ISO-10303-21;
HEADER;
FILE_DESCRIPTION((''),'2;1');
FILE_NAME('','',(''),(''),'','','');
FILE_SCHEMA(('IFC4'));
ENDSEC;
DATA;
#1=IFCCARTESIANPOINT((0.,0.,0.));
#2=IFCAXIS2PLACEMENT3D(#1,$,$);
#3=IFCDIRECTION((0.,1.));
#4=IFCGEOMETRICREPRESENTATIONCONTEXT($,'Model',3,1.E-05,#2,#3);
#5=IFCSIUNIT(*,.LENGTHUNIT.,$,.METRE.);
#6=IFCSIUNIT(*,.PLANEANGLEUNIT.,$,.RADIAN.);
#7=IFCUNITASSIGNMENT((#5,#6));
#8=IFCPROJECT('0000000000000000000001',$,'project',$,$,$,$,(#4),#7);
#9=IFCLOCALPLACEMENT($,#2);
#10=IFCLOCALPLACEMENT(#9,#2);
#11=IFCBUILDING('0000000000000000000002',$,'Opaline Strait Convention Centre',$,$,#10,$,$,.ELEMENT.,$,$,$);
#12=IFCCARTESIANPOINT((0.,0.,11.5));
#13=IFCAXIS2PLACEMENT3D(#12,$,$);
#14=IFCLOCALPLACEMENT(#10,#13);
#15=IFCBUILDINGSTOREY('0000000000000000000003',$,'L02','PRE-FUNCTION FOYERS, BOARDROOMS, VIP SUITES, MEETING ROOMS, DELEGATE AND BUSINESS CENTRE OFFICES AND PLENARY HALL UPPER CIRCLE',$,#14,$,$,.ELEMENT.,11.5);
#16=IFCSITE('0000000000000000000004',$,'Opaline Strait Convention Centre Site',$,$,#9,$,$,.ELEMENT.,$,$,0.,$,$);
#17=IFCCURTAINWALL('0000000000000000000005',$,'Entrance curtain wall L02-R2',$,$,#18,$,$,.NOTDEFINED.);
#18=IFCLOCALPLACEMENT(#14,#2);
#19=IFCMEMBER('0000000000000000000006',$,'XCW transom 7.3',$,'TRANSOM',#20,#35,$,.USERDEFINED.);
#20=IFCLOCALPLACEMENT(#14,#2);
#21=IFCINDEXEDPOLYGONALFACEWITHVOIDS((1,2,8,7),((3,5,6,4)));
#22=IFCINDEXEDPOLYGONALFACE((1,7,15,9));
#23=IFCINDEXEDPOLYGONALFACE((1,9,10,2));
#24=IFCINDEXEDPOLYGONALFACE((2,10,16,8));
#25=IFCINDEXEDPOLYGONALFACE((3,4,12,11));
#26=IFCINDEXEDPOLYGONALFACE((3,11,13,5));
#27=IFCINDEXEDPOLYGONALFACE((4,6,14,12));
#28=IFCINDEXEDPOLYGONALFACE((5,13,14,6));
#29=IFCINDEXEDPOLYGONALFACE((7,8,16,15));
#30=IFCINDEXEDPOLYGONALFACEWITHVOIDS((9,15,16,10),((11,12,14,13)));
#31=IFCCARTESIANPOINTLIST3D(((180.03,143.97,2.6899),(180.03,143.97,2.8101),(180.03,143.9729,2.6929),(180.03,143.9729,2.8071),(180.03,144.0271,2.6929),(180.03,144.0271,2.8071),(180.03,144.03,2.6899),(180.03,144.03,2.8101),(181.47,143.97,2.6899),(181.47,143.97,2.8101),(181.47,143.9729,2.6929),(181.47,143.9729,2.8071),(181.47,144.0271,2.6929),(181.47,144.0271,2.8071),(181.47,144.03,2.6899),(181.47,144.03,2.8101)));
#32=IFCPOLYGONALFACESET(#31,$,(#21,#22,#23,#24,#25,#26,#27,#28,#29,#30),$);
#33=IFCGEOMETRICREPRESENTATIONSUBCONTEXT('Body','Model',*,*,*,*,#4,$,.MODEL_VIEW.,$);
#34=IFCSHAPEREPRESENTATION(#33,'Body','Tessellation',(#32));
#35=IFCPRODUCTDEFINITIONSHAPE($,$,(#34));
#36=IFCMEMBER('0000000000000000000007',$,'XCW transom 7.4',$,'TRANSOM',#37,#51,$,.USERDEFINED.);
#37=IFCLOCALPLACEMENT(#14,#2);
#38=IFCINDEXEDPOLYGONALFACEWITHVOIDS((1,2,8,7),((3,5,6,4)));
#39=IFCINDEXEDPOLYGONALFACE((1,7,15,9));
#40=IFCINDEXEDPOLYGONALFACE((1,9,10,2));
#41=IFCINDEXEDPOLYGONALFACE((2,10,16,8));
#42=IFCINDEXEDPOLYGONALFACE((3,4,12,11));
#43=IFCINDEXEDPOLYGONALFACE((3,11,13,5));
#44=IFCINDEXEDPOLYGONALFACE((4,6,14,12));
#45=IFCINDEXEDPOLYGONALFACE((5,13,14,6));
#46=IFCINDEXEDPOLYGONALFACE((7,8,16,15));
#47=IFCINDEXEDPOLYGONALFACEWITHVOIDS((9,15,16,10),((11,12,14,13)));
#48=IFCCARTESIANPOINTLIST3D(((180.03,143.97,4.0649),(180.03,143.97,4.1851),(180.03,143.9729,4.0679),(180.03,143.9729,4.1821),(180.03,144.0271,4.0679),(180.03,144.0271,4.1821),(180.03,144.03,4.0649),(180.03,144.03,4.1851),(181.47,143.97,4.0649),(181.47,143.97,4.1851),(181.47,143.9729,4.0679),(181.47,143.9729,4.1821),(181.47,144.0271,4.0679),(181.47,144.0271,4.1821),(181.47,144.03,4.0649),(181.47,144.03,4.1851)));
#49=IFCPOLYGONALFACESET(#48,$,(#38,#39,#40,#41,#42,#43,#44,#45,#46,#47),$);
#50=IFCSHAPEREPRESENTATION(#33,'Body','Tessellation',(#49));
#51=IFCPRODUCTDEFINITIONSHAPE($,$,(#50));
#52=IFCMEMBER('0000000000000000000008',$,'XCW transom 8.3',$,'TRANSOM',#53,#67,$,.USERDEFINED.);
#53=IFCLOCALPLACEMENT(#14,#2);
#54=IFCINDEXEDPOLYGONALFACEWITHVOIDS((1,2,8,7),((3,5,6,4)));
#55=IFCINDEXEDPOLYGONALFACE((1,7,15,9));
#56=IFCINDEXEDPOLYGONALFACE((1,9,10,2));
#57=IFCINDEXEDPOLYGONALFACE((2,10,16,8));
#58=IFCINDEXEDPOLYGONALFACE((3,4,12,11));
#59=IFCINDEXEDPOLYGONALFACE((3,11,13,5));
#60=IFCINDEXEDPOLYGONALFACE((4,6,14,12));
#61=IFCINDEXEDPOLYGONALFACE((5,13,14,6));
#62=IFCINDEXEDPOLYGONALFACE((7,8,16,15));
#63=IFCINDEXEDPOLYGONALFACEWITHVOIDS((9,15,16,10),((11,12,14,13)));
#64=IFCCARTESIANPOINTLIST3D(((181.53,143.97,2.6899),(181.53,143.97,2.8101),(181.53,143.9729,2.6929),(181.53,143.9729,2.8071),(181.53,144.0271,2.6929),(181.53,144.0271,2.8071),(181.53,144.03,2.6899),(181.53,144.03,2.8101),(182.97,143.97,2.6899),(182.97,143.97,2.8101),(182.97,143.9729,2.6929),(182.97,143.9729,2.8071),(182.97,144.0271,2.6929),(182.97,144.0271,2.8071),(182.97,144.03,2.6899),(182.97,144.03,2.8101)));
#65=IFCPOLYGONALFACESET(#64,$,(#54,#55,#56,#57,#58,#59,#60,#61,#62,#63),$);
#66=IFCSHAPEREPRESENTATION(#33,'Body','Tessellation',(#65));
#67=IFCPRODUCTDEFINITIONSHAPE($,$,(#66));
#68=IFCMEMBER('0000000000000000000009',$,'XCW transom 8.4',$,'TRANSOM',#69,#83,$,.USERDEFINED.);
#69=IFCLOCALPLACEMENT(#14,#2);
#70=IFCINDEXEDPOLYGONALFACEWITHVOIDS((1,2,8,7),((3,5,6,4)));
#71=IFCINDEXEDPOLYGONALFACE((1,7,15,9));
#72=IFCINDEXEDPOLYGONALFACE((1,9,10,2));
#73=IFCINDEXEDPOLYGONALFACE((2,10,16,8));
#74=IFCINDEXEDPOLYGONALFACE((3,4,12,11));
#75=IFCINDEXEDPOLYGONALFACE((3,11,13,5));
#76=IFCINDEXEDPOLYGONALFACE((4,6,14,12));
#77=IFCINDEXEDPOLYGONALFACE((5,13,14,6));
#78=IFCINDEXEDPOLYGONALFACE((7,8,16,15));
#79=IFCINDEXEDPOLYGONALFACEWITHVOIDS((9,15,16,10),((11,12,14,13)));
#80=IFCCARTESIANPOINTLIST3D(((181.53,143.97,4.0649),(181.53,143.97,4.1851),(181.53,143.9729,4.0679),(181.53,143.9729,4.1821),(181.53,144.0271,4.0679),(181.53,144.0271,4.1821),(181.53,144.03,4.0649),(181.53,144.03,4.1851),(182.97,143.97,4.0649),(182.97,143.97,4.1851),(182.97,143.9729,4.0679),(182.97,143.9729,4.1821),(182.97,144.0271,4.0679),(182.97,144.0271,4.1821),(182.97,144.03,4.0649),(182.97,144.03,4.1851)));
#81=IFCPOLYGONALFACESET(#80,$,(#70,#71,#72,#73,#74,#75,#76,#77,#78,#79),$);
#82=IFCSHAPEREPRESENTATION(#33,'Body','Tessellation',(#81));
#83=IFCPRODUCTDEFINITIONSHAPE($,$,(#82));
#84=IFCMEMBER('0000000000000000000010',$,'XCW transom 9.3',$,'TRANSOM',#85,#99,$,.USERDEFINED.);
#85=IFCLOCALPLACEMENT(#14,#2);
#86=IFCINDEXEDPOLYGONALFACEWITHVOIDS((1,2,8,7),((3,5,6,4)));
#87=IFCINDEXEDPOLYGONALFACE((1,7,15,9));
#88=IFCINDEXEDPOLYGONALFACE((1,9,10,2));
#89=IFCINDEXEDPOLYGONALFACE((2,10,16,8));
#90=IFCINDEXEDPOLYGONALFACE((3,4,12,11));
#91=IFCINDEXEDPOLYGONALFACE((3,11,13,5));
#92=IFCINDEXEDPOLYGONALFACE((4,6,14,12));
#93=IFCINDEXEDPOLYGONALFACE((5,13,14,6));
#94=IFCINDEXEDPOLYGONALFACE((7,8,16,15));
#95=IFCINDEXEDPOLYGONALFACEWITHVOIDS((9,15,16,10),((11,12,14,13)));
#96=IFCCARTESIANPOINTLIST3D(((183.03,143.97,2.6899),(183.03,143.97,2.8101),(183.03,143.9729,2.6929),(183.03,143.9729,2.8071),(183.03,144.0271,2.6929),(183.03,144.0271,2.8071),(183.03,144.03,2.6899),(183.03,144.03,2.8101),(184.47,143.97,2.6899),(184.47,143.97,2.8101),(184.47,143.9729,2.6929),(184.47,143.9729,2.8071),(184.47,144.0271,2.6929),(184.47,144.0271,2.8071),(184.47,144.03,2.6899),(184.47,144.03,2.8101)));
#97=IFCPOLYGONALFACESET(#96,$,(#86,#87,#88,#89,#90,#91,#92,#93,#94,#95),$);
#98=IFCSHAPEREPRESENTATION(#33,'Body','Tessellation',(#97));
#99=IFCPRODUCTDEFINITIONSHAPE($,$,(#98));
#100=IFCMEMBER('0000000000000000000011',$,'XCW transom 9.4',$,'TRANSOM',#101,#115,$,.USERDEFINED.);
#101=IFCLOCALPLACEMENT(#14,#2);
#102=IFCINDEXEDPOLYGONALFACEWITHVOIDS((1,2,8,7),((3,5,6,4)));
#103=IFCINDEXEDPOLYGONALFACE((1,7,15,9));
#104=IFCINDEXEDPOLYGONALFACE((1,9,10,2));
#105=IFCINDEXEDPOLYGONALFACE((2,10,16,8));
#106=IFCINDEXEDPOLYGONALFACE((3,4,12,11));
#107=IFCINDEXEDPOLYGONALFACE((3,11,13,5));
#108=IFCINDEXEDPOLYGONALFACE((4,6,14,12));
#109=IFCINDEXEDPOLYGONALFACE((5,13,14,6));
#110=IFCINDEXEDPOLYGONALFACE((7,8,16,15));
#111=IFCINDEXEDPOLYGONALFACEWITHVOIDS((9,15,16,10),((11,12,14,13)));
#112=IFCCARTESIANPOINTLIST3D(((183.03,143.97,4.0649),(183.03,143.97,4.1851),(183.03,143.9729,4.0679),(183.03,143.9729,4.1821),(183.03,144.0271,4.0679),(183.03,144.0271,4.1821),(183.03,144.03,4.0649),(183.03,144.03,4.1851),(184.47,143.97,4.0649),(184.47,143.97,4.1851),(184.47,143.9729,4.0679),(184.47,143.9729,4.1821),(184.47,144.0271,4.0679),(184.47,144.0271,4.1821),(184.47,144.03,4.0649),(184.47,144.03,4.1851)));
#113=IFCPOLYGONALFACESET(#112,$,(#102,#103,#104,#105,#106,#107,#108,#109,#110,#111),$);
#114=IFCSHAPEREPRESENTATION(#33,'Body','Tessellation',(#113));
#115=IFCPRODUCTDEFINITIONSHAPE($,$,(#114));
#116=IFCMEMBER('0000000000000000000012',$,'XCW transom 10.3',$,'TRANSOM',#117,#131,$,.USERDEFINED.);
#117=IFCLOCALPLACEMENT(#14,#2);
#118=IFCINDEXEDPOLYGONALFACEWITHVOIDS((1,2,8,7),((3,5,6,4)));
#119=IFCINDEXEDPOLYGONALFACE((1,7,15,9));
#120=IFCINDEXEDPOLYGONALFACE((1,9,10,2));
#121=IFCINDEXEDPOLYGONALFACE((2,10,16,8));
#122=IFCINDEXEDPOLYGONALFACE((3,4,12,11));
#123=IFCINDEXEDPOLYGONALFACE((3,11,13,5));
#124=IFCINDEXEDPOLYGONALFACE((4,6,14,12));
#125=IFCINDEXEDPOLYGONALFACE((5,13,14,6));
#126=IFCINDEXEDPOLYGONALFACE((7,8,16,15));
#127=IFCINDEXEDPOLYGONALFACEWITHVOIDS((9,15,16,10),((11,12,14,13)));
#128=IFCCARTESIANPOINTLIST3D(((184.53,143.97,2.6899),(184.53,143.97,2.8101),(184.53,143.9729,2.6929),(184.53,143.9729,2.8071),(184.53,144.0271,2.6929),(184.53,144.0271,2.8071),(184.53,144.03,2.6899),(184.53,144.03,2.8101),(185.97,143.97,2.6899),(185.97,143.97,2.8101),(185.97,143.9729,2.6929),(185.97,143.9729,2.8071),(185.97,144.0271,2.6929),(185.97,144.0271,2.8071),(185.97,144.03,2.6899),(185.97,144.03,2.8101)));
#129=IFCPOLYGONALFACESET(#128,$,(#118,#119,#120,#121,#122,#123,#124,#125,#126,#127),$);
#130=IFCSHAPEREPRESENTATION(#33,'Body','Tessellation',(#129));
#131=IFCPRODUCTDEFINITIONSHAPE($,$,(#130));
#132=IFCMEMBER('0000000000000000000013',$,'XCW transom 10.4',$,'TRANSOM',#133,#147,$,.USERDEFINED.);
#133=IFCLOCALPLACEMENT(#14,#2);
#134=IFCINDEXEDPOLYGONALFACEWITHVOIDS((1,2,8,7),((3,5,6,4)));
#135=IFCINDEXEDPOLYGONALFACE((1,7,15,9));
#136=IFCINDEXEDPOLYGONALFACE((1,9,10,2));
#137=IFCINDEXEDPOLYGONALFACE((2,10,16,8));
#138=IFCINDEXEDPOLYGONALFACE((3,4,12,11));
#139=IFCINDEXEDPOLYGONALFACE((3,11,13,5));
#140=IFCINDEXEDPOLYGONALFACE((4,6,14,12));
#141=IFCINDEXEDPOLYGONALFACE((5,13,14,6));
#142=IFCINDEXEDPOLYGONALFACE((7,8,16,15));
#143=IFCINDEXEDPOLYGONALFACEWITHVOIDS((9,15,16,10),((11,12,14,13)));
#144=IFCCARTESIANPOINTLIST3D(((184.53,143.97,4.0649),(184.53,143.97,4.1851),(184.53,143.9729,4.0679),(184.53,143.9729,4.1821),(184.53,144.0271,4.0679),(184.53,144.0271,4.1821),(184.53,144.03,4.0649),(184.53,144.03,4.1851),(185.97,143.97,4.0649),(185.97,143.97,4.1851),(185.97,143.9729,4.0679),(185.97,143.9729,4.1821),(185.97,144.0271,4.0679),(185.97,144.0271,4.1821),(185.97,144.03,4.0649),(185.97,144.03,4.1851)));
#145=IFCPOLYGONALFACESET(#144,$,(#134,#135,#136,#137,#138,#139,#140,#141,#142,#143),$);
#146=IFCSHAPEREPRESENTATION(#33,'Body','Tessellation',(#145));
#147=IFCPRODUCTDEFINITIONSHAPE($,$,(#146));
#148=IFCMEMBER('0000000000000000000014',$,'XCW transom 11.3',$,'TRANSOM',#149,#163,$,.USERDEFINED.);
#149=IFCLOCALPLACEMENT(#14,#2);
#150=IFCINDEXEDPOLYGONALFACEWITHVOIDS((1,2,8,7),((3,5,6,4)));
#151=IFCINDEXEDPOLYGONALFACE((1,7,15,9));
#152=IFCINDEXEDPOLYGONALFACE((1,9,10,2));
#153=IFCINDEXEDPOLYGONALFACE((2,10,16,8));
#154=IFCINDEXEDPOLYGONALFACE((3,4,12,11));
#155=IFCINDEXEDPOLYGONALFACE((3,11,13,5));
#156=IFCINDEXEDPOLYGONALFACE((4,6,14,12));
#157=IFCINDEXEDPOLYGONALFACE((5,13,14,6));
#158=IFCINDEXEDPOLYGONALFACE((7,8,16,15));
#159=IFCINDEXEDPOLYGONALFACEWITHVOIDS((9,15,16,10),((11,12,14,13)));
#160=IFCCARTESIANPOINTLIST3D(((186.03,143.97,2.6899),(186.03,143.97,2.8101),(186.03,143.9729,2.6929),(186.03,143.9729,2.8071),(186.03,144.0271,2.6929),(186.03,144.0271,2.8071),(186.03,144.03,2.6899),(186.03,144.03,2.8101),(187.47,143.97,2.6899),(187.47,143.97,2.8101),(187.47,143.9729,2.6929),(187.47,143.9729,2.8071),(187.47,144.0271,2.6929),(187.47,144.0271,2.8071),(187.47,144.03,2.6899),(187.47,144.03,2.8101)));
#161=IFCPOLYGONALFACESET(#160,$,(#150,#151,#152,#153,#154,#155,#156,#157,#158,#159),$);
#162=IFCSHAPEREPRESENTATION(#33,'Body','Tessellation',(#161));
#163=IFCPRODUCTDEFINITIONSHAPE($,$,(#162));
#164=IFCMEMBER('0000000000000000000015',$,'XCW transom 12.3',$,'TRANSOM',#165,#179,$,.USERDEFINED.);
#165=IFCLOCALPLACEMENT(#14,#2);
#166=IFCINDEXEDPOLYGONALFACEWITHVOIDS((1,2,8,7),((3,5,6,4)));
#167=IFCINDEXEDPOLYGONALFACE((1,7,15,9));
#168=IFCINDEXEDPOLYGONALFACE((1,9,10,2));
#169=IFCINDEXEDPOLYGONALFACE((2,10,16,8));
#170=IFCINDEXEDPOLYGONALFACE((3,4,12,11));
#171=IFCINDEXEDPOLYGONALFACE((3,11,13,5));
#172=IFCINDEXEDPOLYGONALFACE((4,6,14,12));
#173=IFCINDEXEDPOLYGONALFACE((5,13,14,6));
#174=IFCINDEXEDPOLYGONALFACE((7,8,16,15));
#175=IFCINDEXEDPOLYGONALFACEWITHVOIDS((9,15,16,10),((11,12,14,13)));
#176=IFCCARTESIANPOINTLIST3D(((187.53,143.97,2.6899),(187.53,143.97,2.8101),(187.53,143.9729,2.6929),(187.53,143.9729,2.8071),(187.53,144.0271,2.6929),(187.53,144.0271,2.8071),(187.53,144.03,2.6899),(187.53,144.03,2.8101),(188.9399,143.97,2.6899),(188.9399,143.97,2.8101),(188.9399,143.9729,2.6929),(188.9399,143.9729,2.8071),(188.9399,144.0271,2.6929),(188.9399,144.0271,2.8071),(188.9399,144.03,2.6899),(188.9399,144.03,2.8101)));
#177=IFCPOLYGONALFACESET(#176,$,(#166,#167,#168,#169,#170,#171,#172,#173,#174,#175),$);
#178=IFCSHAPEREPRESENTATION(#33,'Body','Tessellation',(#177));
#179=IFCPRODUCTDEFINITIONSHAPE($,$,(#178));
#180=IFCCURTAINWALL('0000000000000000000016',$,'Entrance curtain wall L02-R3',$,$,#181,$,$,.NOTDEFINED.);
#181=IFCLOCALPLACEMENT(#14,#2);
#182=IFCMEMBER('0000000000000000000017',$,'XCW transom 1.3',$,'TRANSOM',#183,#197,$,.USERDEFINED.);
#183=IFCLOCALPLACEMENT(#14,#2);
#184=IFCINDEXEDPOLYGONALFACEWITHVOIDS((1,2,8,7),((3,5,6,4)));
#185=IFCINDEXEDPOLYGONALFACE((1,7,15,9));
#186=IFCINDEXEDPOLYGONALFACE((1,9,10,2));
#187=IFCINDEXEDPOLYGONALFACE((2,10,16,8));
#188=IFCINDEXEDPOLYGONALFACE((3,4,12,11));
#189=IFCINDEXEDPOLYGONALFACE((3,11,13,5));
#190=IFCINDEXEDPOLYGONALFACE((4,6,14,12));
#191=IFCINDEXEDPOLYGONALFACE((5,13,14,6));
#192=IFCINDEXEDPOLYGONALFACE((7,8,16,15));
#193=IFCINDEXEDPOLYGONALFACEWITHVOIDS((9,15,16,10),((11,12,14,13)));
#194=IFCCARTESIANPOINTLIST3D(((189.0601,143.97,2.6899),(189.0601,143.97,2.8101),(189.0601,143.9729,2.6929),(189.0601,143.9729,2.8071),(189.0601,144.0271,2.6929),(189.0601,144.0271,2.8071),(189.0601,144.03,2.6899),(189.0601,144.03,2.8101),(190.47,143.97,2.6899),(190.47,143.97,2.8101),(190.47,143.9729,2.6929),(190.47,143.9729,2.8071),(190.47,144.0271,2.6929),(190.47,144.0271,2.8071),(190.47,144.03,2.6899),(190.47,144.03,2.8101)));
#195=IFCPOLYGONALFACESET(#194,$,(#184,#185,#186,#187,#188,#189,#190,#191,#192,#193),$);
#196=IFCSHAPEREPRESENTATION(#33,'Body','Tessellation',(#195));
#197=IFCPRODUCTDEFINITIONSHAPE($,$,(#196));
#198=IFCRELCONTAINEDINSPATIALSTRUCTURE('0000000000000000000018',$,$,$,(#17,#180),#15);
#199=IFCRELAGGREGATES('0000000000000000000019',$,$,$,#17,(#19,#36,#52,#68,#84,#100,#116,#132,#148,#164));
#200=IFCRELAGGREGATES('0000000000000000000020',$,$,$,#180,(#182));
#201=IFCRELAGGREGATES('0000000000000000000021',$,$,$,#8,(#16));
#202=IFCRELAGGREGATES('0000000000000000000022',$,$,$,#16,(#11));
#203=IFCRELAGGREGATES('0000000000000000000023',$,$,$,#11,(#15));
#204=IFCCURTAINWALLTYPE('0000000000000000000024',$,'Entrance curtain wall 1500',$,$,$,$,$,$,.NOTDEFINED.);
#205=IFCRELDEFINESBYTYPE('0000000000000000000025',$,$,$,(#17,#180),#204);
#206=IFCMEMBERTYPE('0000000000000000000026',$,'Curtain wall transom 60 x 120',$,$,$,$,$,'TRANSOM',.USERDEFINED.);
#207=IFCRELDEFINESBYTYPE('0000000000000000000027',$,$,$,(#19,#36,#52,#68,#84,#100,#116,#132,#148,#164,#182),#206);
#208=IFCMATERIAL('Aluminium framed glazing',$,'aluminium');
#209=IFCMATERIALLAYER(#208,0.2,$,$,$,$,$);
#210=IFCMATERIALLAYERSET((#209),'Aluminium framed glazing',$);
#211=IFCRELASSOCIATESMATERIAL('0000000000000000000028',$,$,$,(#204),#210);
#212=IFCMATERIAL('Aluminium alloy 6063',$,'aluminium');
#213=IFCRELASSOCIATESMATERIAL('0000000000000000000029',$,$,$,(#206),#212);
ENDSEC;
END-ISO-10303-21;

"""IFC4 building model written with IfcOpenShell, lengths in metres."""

from ifc_helpers import new_model, si_unit, direction, frame, origin, origin_2d, place, context, subcontext, project, spatial, hollow_rectangle, extrude, material, layer, layer_set, material_profile, profile_set, type_object, element, aggregate, save


model = new_model("IFC4")

# Units and contexts
model_context = context("Model", 3, precision=1e-05, world=origin(), true_north=direction((0.0, 1.0)))
body_context = subcontext(model_context, "Body", "Model", "MODEL_VIEW")
ifc_project = project(units=[si_unit("LENGTHUNIT", "METRE"), si_unit("PLANEANGLEUNIT", "RADIAN")], contexts=[model_context])

# Site, building, storey
site_placement = place(None, origin())
site = spatial("IfcSite", under=ifc_project, at=site_placement, Name="Opaline Strait Convention Centre Site", CompositionType="ELEMENT", RefElevation=0.0)
building_placement = place(site_placement, origin())
building = spatial("IfcBuilding", under=site, at=building_placement, Name="Opaline Strait Convention Centre", CompositionType="ELEMENT")
storey_placement = place(building_placement, frame((0.0, 0.0, 11.5)))
storey = spatial("IfcBuildingStorey", under=building, at=storey_placement, Name="L02", Description="PRE-FUNCTION FOYERS, BOARDROOMS, VIP SUITES, MEETING ROOMS, DELEGATE AND BUSINESS CENTRE OFFICES AND PLENARY HALL UPPER CIRCLE", CompositionType="ELEMENT", Elevation=11.5)

# Curtain walls, members
ifc_material_1 = material(Name="Aluminium framed glazing", Category="aluminium")
ifc_layer_1 = layer(ifc_material_1, 0.2)
ifc_layer_set_1 = layer_set([ifc_layer_1], Name="Aluminium framed glazing")
curtain_wall_type = type_object("IfcCurtainWallType", Name="Entrance curtain wall 1500", PredefinedType="NOTDEFINED", material=ifc_layer_set_1)
curtain_wall_1_placement = place(storey_placement, origin())
curtain_wall_1 = element("IfcCurtainWall", 1, at=curtain_wall_1_placement, inside=storey, type_object=curtain_wall_type, Name="Entrance curtain wall L02-R2", PredefinedType="NOTDEFINED")
ifc_material_2 = material(Name="Aluminium alloy 6063", Category="aluminium")
ifc_material_profile = material_profile(ifc_material_2, hollow_rectangle(XDim=0.0601, YDim=0.1201, WallThickness=0.0029, at=origin_2d()), Name="TRANSOM 60x120x3")
ifc_profile_set = profile_set([ifc_material_profile], Name="Aluminium alloy 6063")
member_type = type_object("IfcMemberType", Name="Curtain wall transom 60 x 120", ElementType="TRANSOM", PredefinedType="USERDEFINED", material=ifc_profile_set)
member_1_placement = place(storey_placement, frame((180.03, 144.0, 2.75), z_axis=(1.0, 0.0, 0.0), x_axis=(0.0, 1.0, 0.0)))
member_1 = element("IfcMember", 2, at=member_1_placement, type_object=member_type, Name="XCW transom 7.3", ObjectType="TRANSOM", PredefinedType="USERDEFINED", context=body_context, shape_type="SweptSolid", body=[
    extrude(hollow_rectangle(XDim=0.0601, YDim=0.1201, WallThickness=0.0029, at=origin_2d()), origin(), (0.0, 0.0, 1.0), 1.4399),
])
member_2_placement = place(storey_placement, frame((180.03, 144.0, 4.125), z_axis=(1.0, 0.0, 0.0), x_axis=(0.0, 1.0, 0.0)))
member_2 = element("IfcMember", 3, at=member_2_placement, type_object=member_type, Name="XCW transom 7.4", ObjectType="TRANSOM", PredefinedType="USERDEFINED", context=body_context, shape_type="SweptSolid", body=[
    extrude(hollow_rectangle(XDim=0.0601, YDim=0.1201, WallThickness=0.0029, at=origin_2d()), origin(), (0.0, 0.0, 1.0), 1.4399),
])
member_3_placement = place(storey_placement, frame((181.53, 144.0, 2.75), z_axis=(1.0, 0.0, 0.0), x_axis=(0.0, 1.0, 0.0)))
member_3 = element("IfcMember", 4, at=member_3_placement, type_object=member_type, Name="XCW transom 8.3", ObjectType="TRANSOM", PredefinedType="USERDEFINED", context=body_context, shape_type="SweptSolid", body=[
    extrude(hollow_rectangle(XDim=0.0601, YDim=0.1201, WallThickness=0.0029, at=origin_2d()), origin(), (0.0, 0.0, 1.0), 1.4399),
])
member_4_placement = place(storey_placement, frame((181.53, 144.0, 4.125), z_axis=(1.0, 0.0, 0.0), x_axis=(0.0, 1.0, 0.0)))
member_4 = element("IfcMember", 5, at=member_4_placement, type_object=member_type, Name="XCW transom 8.4", ObjectType="TRANSOM", PredefinedType="USERDEFINED", context=body_context, shape_type="SweptSolid", body=[
    extrude(hollow_rectangle(XDim=0.0601, YDim=0.1201, WallThickness=0.0029, at=origin_2d()), origin(), (0.0, 0.0, 1.0), 1.4399),
])
member_5_placement = place(storey_placement, frame((183.03, 144.0, 2.75), z_axis=(1.0, 0.0, 0.0), x_axis=(0.0, 1.0, 0.0)))
member_5 = element("IfcMember", 6, at=member_5_placement, type_object=member_type, Name="XCW transom 9.3", ObjectType="TRANSOM", PredefinedType="USERDEFINED", context=body_context, shape_type="SweptSolid", body=[
    extrude(hollow_rectangle(XDim=0.0601, YDim=0.1201, WallThickness=0.0029, at=origin_2d()), origin(), (0.0, 0.0, 1.0), 1.4399),
])
member_6_placement = place(storey_placement, frame((183.03, 144.0, 4.125), z_axis=(1.0, 0.0, 0.0), x_axis=(0.0, 1.0, 0.0)))
member_6 = element("IfcMember", 7, at=member_6_placement, type_object=member_type, Name="XCW transom 9.4", ObjectType="TRANSOM", PredefinedType="USERDEFINED", context=body_context, shape_type="SweptSolid", body=[
    extrude(hollow_rectangle(XDim=0.0601, YDim=0.1201, WallThickness=0.0029, at=origin_2d()), origin(), (0.0, 0.0, 1.0), 1.4399),
])
member_7_placement = place(storey_placement, frame((184.53, 144.0, 2.75), z_axis=(1.0, 0.0, 0.0), x_axis=(0.0, 1.0, 0.0)))
member_7 = element("IfcMember", 8, at=member_7_placement, type_object=member_type, Name="XCW transom 10.3", ObjectType="TRANSOM", PredefinedType="USERDEFINED", context=body_context, shape_type="SweptSolid", body=[
    extrude(hollow_rectangle(XDim=0.0601, YDim=0.1201, WallThickness=0.0029, at=origin_2d()), origin(), (0.0, 0.0, 1.0), 1.4399),
])
member_8_placement = place(storey_placement, frame((184.53, 144.0, 4.125), z_axis=(1.0, 0.0, 0.0), x_axis=(0.0, 1.0, 0.0)))
member_8 = element("IfcMember", 9, at=member_8_placement, type_object=member_type, Name="XCW transom 10.4", ObjectType="TRANSOM", PredefinedType="USERDEFINED", context=body_context, shape_type="SweptSolid", body=[
    extrude(hollow_rectangle(XDim=0.0601, YDim=0.1201, WallThickness=0.0029, at=origin_2d()), origin(), (0.0, 0.0, 1.0), 1.4399),
])
member_9_placement = place(storey_placement, frame((186.03, 144.0, 2.75), z_axis=(1.0, 0.0, 0.0), x_axis=(0.0, 1.0, 0.0)))
member_9 = element("IfcMember", 10, at=member_9_placement, type_object=member_type, Name="XCW transom 11.3", ObjectType="TRANSOM", PredefinedType="USERDEFINED", context=body_context, shape_type="SweptSolid", body=[
    extrude(hollow_rectangle(XDim=0.0601, YDim=0.1201, WallThickness=0.0029, at=origin_2d()), origin(), (0.0, 0.0, 1.0), 1.4399),
])
member_10_placement = place(storey_placement, frame((187.53, 144.0, 2.75), z_axis=(1.0, 0.0, 0.0), x_axis=(0.0, 1.0, 0.0)))
member_10 = element("IfcMember", 11, at=member_10_placement, type_object=member_type, Name="XCW transom 12.3", ObjectType="TRANSOM", PredefinedType="USERDEFINED", context=body_context, shape_type="SweptSolid", body=[
    extrude(hollow_rectangle(XDim=0.0601, YDim=0.1201, WallThickness=0.0029, at=origin_2d()), origin(), (0.0, 0.0, 1.0), 1.4099),
])
curtain_wall_2_placement = place(storey_placement, origin())
curtain_wall_2 = element("IfcCurtainWall", 12, at=curtain_wall_2_placement, inside=storey, type_object=curtain_wall_type, Name="Entrance curtain wall L02-R3", PredefinedType="NOTDEFINED")
member_11_placement = place(storey_placement, frame((189.0601, 144.0, 2.75), z_axis=(1.0, 0.0, 0.0), x_axis=(0.0, 1.0, 0.0)))
member_11 = element("IfcMember", 13, at=member_11_placement, type_object=member_type, Name="XCW transom 1.3", ObjectType="TRANSOM", PredefinedType="USERDEFINED", context=body_context, shape_type="SweptSolid", body=[
    extrude(hollow_rectangle(XDim=0.0601, YDim=0.1201, WallThickness=0.0029, at=origin_2d()), origin(), (0.0, 0.0, 1.0), 1.4099),
])

aggregate(curtain_wall_1, [member_1, member_2, member_3, member_4, member_5, member_6, member_7, member_8, member_9, member_10])
aggregate(curtain_wall_2, [member_11])

save(model, "model.ifc")
